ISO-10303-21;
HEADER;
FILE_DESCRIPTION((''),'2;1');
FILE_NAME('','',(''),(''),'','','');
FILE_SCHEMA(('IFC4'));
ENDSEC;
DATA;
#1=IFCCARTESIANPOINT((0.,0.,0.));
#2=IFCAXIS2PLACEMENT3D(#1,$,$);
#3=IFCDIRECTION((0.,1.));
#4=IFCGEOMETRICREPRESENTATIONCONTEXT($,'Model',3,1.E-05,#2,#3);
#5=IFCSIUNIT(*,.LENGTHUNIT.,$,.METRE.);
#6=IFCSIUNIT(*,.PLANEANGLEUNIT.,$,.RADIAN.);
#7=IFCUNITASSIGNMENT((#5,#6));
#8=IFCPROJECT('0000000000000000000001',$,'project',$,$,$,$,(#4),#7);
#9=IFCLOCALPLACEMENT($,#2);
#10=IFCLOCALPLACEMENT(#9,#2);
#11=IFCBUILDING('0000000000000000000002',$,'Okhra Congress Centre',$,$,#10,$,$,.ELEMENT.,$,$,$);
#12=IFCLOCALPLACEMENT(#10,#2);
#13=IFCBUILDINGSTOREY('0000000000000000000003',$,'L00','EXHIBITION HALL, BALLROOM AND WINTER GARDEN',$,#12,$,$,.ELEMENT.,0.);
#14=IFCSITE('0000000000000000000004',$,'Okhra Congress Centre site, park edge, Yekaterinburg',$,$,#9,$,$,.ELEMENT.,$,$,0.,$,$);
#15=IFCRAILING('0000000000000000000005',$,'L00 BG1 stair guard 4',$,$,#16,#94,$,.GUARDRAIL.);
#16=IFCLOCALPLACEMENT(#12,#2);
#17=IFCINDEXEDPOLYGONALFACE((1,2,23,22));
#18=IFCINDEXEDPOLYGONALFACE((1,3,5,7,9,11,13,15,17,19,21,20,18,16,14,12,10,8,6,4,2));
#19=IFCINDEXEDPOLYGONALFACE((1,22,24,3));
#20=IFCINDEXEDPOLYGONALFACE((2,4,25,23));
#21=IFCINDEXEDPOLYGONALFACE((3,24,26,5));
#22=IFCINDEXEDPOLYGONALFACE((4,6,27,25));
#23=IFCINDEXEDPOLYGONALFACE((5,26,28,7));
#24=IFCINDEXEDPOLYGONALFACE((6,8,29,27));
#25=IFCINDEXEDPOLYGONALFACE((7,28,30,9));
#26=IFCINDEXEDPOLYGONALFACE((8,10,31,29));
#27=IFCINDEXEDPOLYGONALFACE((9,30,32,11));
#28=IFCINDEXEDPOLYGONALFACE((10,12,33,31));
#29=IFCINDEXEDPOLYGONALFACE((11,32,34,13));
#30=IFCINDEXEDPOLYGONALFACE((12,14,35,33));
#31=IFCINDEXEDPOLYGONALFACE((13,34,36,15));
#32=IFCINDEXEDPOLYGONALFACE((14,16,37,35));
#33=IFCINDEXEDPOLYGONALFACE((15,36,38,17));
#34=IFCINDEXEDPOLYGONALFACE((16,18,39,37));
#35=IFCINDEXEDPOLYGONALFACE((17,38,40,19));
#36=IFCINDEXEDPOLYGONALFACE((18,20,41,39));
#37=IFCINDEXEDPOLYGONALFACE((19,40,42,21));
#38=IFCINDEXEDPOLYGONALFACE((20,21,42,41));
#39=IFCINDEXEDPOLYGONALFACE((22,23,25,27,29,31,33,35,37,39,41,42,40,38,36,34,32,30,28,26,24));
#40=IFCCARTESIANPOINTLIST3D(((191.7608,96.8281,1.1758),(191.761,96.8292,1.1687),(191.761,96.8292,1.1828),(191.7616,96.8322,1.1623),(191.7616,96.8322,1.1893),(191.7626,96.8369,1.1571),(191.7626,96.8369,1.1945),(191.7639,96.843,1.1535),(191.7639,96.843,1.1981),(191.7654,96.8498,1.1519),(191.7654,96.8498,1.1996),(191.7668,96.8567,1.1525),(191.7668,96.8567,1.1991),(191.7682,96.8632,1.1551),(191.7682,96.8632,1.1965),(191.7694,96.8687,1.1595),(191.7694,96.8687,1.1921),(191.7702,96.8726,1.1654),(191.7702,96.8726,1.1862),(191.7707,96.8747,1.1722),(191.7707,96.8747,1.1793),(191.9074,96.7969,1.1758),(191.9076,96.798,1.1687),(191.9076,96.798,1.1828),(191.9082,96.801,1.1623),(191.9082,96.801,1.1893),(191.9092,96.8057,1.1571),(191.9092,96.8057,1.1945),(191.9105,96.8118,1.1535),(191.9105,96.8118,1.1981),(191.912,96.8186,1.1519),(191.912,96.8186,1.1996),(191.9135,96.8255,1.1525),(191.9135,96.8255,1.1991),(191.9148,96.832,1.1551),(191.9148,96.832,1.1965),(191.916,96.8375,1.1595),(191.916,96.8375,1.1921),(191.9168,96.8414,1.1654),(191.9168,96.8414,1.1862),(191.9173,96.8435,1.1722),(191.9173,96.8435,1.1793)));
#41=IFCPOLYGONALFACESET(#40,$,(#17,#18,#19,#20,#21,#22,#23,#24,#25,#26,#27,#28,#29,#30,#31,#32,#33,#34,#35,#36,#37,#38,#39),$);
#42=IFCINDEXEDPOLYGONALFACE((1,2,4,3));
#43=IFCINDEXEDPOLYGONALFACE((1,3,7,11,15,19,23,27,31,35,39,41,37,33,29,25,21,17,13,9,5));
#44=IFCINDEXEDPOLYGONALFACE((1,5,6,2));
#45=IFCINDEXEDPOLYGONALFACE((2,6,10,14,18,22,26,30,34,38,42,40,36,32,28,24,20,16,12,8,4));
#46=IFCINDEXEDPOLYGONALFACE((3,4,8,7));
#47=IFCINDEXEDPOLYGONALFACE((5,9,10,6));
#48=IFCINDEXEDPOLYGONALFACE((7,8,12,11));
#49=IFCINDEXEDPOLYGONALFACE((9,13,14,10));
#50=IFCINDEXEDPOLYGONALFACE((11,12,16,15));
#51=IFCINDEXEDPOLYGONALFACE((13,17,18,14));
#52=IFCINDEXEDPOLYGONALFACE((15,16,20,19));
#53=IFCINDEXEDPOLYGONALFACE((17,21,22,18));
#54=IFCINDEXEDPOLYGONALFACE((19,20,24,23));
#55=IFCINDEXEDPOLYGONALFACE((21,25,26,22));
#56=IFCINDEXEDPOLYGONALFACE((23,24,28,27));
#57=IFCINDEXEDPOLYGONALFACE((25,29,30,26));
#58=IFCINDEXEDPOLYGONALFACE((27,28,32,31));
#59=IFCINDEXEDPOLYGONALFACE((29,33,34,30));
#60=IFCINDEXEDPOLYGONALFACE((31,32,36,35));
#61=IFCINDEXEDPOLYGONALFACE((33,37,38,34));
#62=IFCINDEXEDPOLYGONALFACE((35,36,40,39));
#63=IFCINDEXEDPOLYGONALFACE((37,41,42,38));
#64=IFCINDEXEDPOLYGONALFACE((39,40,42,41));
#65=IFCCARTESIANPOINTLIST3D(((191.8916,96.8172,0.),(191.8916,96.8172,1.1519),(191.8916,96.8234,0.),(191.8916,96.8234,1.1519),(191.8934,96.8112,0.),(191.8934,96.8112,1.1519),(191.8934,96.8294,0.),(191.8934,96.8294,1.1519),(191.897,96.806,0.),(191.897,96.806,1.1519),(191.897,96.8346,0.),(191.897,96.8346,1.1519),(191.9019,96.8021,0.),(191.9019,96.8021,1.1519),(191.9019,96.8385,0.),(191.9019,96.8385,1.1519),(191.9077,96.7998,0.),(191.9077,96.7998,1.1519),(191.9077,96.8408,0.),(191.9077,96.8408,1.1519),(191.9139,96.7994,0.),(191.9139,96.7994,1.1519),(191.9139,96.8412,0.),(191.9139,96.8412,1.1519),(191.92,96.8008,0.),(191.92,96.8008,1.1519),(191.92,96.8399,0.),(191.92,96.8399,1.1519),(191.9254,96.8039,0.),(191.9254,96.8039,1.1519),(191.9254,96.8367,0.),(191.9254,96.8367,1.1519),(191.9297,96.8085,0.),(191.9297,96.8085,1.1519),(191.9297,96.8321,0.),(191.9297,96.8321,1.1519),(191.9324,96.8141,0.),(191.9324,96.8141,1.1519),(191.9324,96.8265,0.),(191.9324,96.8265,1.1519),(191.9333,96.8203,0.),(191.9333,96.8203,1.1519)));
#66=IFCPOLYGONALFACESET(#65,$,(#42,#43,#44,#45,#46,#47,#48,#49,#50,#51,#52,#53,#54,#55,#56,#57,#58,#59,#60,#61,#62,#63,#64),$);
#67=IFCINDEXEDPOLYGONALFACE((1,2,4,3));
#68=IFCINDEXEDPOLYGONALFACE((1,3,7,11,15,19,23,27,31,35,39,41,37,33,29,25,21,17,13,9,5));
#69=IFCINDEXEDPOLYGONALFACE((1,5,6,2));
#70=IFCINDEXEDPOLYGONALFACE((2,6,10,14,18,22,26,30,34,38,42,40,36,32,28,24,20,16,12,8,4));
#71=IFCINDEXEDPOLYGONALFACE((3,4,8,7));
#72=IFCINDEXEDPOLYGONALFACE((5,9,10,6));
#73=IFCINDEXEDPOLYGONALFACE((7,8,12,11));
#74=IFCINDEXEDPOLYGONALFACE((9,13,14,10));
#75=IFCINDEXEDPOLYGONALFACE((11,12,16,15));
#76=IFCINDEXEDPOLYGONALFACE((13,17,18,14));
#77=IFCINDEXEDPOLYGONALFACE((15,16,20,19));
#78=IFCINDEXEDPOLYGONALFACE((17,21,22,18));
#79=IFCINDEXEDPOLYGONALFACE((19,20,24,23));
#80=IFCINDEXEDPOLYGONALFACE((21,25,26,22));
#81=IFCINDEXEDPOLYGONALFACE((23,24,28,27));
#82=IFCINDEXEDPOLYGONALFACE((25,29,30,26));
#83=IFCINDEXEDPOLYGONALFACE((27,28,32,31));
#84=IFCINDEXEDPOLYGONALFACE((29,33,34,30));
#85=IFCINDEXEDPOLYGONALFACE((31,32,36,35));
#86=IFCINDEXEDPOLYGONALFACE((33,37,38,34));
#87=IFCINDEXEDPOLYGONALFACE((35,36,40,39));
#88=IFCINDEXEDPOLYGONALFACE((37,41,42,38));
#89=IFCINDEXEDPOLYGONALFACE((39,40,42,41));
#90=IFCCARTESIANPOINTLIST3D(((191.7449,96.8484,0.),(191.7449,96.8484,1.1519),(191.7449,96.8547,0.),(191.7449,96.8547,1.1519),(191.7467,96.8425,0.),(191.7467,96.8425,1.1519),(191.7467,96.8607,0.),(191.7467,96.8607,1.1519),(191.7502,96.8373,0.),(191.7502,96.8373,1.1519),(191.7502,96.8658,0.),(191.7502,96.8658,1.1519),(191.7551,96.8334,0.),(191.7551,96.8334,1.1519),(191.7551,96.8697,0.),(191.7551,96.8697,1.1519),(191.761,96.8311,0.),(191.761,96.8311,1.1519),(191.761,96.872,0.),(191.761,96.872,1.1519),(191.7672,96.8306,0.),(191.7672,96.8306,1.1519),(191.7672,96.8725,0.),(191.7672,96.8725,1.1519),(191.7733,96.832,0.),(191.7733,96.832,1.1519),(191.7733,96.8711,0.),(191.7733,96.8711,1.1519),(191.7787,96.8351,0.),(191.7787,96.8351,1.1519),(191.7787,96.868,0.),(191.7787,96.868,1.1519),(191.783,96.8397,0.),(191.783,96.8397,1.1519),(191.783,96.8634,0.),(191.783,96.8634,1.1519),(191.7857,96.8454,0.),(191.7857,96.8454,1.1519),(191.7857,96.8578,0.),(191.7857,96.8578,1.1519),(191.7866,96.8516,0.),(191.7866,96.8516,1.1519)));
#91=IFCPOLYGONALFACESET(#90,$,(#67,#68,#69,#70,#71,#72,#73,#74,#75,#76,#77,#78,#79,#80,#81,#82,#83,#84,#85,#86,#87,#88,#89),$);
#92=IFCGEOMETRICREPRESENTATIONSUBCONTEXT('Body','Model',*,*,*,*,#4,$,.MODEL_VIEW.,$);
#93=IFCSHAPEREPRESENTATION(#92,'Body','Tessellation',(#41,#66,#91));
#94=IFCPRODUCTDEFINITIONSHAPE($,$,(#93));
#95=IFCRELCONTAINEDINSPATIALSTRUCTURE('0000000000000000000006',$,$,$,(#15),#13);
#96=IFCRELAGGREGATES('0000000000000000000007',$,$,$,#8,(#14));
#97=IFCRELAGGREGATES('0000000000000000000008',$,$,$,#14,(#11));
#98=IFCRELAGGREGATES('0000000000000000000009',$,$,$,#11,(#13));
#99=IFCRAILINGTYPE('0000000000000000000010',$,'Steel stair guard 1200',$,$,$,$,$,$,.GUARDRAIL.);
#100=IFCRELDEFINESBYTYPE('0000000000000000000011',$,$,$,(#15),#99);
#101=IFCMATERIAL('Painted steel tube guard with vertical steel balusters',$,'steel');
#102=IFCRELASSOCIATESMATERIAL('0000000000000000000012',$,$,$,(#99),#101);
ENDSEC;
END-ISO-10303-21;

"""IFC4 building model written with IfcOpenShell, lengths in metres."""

from ifc_helpers import new_model, si_unit, direction, frame, origin, origin_2d, place, context, subcontext, project, spatial, circle, extrude, material, type_object, element, save


model = new_model("IFC4")

# Units and contexts
model_context = context("Model", 3, precision=1e-05, world=origin(), true_north=direction((0.0, 1.0)))
body_context = subcontext(model_context, "Body", "Model", "MODEL_VIEW")
ifc_project = project(units=[si_unit("LENGTHUNIT", "METRE"), si_unit("PLANEANGLEUNIT", "RADIAN")], contexts=[model_context])

# Site, building, storey
site_placement = place(None, origin())
site = spatial("IfcSite", under=ifc_project, at=site_placement, Name="Okhra Congress Centre site, park edge, Yekaterinburg", CompositionType="ELEMENT", RefElevation=0.0)
building_placement = place(site_placement, origin())
building = spatial("IfcBuilding", under=site, at=building_placement, Name="Okhra Congress Centre", CompositionType="ELEMENT")
storey_placement = place(building_placement, origin())
storey = spatial("IfcBuildingStorey", under=building, at=storey_placement, Name="L00", Description="EXHIBITION HALL, BALLROOM AND WINTER GARDEN", CompositionType="ELEMENT", Elevation=0.0)

# Railing
ifc_material_1 = material(Name="Painted steel tube guard with vertical steel balusters", Category="steel")
railing_type_1 = type_object("IfcRailingType", Name="Steel stair guard 1200", PredefinedType="GUARDRAIL", material=ifc_material_1)
railing_1_placement = place(storey_placement, frame((191.9124, 96.8203, 0.0)))
element("IfcRailing", 1, at=railing_1_placement, inside=storey, type_object=railing_type_1, Name="L00 BG1 stair guard 4", PredefinedType="GUARDRAIL", context=body_context, shape_type="SweptSolid", body=[
    extrude(circle(Radius=0.0239, at=origin_2d()), frame((0.0, 0.0, 1.1758), z_axis=(-0.978064, 0.208306, 0.0), x_axis=(-0.208306, -0.978064, 0.0)), (0.0, 0.0, 1.0), 0.1499),
    extrude(circle(Radius=0.021, at=origin_2d()), origin(), (0.0, 0.0, 1.0), 1.1519),
    extrude(circle(Radius=0.021, at=origin_2d()), frame((-0.1467, 0.0312, 0.0)), (0.0, 0.0, 1.0), 1.1519),
])

save(model, "model.ifc")
